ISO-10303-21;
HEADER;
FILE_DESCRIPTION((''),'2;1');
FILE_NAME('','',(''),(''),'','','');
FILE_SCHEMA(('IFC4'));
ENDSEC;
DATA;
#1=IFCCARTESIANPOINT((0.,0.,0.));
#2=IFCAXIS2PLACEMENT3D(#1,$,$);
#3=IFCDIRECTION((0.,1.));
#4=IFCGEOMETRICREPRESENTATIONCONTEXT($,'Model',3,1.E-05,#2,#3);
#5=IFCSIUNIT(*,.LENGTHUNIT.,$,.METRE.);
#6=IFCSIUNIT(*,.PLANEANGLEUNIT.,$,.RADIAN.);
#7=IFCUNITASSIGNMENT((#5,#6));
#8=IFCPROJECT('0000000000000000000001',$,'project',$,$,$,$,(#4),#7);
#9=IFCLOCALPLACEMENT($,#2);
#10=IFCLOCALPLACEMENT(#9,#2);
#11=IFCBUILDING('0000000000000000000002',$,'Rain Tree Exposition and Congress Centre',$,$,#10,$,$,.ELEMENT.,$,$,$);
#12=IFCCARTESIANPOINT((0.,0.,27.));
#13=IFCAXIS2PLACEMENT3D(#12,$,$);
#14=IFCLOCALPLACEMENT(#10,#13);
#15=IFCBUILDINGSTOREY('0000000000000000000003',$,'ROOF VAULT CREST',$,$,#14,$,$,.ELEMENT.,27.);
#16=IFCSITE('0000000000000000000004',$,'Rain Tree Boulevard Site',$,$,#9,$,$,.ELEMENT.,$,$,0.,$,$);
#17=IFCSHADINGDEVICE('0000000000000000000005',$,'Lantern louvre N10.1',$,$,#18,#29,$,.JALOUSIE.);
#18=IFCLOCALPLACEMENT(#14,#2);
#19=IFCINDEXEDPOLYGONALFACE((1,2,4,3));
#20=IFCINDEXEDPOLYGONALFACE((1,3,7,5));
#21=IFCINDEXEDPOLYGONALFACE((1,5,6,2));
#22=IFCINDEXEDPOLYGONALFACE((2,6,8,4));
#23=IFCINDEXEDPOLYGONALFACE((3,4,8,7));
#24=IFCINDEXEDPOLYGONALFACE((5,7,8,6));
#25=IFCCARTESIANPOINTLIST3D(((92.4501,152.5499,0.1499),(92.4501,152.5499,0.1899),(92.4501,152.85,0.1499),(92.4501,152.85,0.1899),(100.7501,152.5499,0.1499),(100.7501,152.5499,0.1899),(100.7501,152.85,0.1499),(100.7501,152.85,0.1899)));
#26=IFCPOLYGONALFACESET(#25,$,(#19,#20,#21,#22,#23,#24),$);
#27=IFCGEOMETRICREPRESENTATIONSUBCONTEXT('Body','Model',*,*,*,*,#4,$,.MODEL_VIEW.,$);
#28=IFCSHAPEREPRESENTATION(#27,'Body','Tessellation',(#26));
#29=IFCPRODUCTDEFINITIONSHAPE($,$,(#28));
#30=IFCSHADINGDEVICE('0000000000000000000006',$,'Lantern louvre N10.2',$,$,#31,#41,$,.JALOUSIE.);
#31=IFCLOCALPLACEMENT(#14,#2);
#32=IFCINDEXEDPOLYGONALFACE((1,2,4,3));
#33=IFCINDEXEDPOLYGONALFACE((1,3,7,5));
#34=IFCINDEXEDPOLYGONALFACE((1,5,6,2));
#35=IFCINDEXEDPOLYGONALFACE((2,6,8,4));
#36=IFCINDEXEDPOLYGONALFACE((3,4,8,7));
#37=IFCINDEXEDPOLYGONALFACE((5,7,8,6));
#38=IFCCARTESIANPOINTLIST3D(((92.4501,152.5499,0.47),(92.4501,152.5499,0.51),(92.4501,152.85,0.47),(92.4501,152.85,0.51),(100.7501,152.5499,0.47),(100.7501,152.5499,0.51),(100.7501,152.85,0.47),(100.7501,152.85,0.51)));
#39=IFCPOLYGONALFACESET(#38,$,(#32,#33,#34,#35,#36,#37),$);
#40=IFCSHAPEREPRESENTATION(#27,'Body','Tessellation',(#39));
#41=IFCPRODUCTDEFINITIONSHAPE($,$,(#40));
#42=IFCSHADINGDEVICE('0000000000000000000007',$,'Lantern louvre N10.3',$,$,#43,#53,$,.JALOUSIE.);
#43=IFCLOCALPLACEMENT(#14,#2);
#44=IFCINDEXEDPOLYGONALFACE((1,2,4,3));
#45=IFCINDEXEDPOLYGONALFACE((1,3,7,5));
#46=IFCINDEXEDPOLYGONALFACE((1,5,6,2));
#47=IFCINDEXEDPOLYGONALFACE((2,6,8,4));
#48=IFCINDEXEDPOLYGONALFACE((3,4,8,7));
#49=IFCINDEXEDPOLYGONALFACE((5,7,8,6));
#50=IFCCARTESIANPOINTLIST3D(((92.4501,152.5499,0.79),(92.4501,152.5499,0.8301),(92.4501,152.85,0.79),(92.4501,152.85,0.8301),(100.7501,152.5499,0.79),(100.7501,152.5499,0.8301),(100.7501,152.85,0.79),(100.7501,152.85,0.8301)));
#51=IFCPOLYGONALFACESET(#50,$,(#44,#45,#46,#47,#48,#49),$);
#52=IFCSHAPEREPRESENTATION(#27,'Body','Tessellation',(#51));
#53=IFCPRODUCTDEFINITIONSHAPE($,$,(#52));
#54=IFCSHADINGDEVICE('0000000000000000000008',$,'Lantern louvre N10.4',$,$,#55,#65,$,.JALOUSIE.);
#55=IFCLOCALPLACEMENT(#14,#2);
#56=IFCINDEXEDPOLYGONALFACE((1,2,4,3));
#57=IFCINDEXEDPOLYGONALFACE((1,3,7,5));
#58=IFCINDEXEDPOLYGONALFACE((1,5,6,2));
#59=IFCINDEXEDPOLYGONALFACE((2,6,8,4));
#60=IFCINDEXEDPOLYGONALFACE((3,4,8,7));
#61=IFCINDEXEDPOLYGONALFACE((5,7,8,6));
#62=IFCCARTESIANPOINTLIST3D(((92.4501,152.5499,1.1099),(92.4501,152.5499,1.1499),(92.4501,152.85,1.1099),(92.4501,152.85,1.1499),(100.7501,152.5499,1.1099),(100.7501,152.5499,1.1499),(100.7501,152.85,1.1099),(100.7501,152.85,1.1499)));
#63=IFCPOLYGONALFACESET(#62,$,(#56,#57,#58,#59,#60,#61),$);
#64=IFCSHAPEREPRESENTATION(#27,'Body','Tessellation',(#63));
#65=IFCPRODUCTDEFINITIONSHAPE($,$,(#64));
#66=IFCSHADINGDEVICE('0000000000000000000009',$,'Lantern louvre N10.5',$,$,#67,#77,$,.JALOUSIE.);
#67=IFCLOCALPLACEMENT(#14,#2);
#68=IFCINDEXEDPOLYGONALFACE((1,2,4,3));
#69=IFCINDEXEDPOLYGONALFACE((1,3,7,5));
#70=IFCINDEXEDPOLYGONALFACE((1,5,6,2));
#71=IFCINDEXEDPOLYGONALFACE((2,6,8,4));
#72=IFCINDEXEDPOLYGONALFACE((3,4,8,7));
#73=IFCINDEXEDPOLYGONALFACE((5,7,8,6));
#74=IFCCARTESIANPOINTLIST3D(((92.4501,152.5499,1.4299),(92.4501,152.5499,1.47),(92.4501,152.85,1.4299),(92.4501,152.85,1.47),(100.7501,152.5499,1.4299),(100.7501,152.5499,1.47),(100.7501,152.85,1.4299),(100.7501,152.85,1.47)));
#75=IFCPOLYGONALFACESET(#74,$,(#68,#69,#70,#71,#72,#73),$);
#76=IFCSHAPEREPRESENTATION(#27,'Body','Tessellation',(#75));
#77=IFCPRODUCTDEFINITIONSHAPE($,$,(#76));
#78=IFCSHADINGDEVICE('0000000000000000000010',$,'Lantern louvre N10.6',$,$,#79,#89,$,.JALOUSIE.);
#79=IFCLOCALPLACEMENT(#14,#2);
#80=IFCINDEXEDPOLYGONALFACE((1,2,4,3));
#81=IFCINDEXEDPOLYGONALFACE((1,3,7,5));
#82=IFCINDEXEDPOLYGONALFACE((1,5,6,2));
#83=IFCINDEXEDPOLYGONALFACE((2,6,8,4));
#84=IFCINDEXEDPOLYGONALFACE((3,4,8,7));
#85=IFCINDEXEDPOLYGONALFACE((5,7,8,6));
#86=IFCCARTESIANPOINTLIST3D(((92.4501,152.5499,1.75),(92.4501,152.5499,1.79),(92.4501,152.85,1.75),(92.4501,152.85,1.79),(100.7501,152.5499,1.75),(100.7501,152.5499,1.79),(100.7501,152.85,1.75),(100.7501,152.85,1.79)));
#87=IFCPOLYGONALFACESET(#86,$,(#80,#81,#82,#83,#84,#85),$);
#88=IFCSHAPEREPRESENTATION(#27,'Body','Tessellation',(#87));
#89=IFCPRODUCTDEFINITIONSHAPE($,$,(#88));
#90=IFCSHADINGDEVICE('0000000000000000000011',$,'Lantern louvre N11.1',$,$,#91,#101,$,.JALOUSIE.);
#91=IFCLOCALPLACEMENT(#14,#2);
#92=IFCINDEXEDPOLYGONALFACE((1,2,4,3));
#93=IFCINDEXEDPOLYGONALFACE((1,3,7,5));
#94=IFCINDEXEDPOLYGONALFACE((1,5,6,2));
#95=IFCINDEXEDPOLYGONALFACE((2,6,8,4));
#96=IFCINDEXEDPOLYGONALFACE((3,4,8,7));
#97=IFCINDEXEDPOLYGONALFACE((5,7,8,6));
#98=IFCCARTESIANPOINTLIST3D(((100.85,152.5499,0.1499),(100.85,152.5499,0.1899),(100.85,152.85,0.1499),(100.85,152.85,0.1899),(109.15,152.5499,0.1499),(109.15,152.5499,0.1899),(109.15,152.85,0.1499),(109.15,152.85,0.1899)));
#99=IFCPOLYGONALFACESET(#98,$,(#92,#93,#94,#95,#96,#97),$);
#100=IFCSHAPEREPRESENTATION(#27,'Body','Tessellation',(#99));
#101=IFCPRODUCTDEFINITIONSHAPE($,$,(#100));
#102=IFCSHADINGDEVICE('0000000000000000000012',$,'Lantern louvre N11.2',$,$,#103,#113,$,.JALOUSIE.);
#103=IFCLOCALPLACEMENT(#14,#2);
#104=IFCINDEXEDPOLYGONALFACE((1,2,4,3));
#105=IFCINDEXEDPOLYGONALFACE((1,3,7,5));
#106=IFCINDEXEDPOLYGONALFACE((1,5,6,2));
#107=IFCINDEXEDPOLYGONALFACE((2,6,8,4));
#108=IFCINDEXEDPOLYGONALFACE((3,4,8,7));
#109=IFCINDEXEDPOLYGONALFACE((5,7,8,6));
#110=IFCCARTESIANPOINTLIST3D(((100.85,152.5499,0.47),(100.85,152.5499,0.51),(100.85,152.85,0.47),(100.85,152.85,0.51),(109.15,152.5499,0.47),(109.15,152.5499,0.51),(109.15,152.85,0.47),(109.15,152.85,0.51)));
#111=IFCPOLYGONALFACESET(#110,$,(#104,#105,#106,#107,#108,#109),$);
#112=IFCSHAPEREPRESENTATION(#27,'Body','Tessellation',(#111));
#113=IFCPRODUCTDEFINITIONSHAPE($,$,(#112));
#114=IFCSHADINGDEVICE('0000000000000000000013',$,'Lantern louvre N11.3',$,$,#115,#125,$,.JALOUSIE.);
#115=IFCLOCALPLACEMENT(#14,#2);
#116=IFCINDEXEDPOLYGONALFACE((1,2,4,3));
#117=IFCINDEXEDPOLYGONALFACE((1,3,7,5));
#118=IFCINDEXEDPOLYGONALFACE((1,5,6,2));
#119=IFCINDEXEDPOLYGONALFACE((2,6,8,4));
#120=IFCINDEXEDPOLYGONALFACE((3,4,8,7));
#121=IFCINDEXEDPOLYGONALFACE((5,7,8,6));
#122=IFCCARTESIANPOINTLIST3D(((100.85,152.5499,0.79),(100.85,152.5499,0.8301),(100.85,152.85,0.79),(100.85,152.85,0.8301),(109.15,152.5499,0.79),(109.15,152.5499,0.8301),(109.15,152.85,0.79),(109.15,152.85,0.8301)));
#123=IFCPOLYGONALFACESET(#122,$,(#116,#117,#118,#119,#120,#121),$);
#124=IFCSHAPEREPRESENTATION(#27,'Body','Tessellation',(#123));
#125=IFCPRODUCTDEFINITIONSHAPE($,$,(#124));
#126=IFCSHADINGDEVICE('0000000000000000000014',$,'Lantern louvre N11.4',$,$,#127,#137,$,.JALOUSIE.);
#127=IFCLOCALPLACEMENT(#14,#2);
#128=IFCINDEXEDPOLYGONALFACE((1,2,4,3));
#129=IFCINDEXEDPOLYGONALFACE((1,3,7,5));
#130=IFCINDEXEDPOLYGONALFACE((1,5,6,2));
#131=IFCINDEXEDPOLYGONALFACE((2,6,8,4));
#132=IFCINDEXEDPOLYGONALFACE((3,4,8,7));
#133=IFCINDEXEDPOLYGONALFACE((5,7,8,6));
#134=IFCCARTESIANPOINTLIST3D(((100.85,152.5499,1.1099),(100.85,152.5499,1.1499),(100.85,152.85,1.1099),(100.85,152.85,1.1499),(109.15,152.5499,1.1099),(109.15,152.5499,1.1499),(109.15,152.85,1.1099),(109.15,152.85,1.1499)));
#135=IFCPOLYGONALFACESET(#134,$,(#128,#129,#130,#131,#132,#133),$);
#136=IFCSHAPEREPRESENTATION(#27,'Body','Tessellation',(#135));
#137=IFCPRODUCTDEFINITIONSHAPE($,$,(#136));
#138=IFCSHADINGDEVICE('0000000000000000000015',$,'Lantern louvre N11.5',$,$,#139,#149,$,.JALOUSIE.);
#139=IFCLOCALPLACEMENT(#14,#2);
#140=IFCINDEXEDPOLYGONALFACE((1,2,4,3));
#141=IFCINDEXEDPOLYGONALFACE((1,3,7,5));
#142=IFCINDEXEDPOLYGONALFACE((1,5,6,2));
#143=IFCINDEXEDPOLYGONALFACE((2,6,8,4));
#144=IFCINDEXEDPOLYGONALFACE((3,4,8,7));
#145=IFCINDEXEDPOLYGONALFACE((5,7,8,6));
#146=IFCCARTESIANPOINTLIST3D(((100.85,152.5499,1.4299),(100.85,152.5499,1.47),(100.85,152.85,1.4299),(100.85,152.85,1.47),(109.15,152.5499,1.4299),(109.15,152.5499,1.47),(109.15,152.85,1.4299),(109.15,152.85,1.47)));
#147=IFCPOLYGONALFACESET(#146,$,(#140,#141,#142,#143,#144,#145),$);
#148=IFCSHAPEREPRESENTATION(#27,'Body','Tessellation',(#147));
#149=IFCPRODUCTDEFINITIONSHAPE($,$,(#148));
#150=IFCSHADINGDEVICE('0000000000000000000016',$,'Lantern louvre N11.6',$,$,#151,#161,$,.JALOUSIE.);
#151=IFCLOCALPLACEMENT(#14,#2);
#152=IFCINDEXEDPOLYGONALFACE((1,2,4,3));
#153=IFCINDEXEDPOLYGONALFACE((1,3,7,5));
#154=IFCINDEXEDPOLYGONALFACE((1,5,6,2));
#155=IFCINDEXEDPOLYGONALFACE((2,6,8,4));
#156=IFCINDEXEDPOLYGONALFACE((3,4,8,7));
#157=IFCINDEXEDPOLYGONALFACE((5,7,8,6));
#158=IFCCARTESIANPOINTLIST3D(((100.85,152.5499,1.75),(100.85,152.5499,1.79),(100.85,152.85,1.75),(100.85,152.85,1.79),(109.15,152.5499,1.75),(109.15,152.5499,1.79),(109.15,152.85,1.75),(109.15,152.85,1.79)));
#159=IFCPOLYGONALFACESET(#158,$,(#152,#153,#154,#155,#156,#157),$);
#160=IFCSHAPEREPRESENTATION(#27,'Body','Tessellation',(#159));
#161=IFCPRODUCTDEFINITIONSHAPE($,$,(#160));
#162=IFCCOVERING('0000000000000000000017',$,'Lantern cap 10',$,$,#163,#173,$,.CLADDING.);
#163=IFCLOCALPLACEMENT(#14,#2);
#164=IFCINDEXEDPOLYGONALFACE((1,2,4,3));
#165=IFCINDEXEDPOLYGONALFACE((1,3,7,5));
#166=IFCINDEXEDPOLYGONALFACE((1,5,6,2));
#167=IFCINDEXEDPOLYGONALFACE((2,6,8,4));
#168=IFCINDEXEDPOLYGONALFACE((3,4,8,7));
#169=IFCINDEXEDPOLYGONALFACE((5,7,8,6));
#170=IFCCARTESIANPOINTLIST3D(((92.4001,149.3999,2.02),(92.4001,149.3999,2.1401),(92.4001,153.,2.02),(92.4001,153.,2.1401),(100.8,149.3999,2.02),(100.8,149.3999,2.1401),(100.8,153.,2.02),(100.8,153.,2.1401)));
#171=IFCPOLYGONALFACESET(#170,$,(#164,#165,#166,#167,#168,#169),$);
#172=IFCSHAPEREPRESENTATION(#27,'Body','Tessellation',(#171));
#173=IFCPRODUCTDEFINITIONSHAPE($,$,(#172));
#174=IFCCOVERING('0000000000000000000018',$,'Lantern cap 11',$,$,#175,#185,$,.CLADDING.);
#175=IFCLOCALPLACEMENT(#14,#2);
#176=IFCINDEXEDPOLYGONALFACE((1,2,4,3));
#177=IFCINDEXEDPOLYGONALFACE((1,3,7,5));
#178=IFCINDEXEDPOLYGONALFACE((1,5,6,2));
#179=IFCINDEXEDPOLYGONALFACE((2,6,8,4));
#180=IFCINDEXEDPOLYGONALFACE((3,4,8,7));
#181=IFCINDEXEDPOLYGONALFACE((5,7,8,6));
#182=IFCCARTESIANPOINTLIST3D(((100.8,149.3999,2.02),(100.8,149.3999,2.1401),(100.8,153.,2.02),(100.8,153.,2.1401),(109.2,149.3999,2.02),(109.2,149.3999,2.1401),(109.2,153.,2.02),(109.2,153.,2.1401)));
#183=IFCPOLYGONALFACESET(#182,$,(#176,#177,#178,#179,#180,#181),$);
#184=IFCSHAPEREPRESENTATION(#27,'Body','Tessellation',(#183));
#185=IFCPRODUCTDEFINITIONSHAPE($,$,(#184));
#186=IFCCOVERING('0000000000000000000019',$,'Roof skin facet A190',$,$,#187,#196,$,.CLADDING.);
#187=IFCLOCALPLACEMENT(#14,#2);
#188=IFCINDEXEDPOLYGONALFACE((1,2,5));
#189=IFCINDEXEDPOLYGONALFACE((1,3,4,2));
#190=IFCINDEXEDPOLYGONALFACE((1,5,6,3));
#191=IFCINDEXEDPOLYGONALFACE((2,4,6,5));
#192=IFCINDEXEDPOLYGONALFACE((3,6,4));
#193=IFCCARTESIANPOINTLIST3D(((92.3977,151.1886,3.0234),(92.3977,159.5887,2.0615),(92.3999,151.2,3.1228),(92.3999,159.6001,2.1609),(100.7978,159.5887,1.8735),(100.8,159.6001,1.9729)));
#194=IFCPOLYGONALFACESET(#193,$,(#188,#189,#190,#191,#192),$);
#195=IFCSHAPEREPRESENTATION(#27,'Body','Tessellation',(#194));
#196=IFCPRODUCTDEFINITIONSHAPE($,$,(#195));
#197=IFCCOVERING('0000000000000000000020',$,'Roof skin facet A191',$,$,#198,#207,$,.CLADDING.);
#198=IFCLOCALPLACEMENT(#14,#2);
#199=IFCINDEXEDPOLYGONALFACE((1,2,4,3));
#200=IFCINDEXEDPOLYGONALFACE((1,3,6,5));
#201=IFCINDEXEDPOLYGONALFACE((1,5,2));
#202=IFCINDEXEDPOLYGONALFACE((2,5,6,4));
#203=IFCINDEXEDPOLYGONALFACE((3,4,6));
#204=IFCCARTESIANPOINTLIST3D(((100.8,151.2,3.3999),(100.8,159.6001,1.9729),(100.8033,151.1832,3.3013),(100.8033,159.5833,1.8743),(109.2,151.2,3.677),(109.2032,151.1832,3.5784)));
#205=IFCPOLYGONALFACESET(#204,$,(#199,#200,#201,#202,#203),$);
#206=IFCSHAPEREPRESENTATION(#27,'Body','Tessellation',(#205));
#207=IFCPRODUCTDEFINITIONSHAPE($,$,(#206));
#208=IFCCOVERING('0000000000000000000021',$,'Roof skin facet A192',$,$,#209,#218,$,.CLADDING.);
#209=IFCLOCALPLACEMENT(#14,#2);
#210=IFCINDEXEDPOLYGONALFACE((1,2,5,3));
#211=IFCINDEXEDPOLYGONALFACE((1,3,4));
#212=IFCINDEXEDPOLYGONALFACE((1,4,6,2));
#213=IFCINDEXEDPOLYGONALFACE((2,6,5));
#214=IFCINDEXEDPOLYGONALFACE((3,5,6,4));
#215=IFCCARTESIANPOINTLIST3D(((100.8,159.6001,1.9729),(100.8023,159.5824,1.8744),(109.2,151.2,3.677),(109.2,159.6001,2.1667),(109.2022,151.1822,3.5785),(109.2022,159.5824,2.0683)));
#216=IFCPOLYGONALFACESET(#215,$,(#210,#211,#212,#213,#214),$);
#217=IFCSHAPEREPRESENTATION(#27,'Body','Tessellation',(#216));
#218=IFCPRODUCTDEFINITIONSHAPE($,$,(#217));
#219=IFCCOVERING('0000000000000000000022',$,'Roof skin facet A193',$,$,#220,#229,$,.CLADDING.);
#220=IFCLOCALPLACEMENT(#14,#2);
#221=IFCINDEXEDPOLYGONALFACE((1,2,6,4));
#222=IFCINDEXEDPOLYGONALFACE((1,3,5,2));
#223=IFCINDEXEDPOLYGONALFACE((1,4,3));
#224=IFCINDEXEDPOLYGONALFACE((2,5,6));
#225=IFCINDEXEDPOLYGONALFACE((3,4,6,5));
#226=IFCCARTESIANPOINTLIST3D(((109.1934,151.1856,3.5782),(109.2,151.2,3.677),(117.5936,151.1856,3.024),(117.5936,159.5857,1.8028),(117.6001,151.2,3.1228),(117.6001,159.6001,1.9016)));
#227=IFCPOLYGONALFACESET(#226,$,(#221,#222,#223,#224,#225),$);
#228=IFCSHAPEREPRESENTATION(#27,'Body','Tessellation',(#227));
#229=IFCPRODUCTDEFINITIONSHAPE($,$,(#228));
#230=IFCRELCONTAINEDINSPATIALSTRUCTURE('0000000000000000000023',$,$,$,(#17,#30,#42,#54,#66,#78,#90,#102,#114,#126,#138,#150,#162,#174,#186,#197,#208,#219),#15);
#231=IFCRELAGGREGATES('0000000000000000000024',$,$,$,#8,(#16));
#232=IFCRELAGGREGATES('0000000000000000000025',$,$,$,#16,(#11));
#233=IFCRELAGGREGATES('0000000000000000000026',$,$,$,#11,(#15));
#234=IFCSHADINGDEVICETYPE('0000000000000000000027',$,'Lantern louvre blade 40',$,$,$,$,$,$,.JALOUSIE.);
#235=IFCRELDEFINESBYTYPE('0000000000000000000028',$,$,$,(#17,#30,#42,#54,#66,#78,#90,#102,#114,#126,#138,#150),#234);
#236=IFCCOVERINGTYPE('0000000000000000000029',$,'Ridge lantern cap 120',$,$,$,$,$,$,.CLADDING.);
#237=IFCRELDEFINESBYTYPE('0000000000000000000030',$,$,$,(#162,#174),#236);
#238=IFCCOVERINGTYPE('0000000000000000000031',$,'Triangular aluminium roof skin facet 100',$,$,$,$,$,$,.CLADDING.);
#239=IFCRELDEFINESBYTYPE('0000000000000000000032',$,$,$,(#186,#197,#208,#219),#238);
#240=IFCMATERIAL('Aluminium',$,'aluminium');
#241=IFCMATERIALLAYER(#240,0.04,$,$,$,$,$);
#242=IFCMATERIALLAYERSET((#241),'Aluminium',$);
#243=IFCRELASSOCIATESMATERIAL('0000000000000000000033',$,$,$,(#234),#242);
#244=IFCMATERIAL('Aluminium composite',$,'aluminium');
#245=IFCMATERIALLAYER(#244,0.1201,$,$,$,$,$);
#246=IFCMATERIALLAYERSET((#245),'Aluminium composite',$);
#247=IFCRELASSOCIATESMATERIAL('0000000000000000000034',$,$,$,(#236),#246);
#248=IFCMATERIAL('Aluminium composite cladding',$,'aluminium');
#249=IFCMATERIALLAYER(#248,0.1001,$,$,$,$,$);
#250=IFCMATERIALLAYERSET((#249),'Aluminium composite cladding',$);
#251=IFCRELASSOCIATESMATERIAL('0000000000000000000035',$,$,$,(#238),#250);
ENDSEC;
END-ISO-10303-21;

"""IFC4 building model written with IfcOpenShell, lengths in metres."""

from ifc_helpers import new_model, si_unit, direction, frame, origin, origin_2d, place, context, subcontext, project, spatial, polyline, rectangle, outline, extrude, material, layer, layer_set, type_object, element, save


model = new_model("IFC4")

# Units and contexts
model_context = context("Model", 3, precision=1e-05, world=origin(), true_north=direction((0.0, 1.0)))
body_context = subcontext(model_context, "Body", "Model", "MODEL_VIEW")
ifc_project = project(units=[si_unit("LENGTHUNIT", "METRE"), si_unit("PLANEANGLEUNIT", "RADIAN")], contexts=[model_context])

# Site, building, storey
site_placement = place(None, origin())
site = spatial("IfcSite", under=ifc_project, at=site_placement, Name="Rain Tree Boulevard Site", CompositionType="ELEMENT", RefElevation=0.0)
building_placement = place(site_placement, origin())
building = spatial("IfcBuilding", under=site, at=building_placement, Name="Rain Tree Exposition and Congress Centre", CompositionType="ELEMENT")
storey_placement = place(building_placement, frame((0.0, 0.0, 27.0)))
storey = spatial("IfcBuildingStorey", under=building, at=storey_placement, Name="ROOF VAULT CREST", CompositionType="ELEMENT", Elevation=27.0)

# Shading devices
ifc_material_1 = material(Name="Aluminium", Category="aluminium")
ifc_layer_1 = layer(ifc_material_1, 0.04)
ifc_layer_set_1 = layer_set([ifc_layer_1], Name="Aluminium")
shading_device_type = type_object("IfcShadingDeviceType", Name="Lantern louvre blade 40", PredefinedType="JALOUSIE", material=ifc_layer_set_1)
for number, where, z_axis, x_axis, name in (
    (1, (96.6001, 152.7, 0.1499), (0.0, 0.0, 1.0), (1.0, 0.0, 0.0), "Lantern louvre N10.1"),
    (2, (96.6001, 152.7, 0.47), (0.0, 0.0, 1.0), (1.0, 0.0, 0.0), "Lantern louvre N10.2"),
    (3, (96.6001, 152.7, 0.79), (0.0, 0.0, 1.0), (1.0, 0.0, 0.0), "Lantern louvre N10.3"),
    (4, (96.6001, 152.7, 1.1099), (0.0, 0.0, 1.0), (1.0, 0.0, 0.0), "Lantern louvre N10.4"),
    (5, (96.6001, 152.7, 1.4299), (0.0, 0.0, 1.0), (1.0, 0.0, 0.0), "Lantern louvre N10.5"),
    (6, (96.6001, 152.7, 1.75), (0.0, 0.0, 1.0), (1.0, 0.0, 0.0), "Lantern louvre N10.6"),
    (7, (105.0, 152.7, 0.1499), (0.0, 0.0, 1.0), (1.0, 0.0, 0.0), "Lantern louvre N11.1"),
    (8, (105.0, 152.7, 0.47), (0.0, 0.0, 1.0), (1.0, 0.0, 0.0), "Lantern louvre N11.2"),
    (9, (105.0, 152.7, 0.79), (0.0, 0.0, 1.0), (1.0, 0.0, 0.0), "Lantern louvre N11.3"),
    (10, (105.0, 152.7, 1.1099), (0.0, 0.0, 1.0), (1.0, 0.0, 0.0), "Lantern louvre N11.4"),
    (11, (105.0, 152.7, 1.4299), (0.0, 0.0, 1.0), (1.0, 0.0, 0.0), "Lantern louvre N11.5"),
    (12, (105.0, 152.7, 1.75), (0.0, 0.0, 1.0), (1.0, 0.0, 0.0), "Lantern louvre N11.6"),
):
    element("IfcShadingDevice", number, at=place(storey_placement, frame(where, z_axis=z_axis, x_axis=x_axis)), inside=storey, type_object=shading_device_type, Name=name, PredefinedType="JALOUSIE", context=body_context, shape_type="SweptSolid", body=[
        extrude(rectangle(XDim=8.3, YDim=0.3, at=origin_2d()), origin(), (0.0, 0.0, 1.0), 0.04),
    ])

# Coverings
ifc_material_2 = material(Name="Aluminium composite", Category="aluminium")
ifc_layer_2 = layer(ifc_material_2, 0.1201)
ifc_layer_set_2 = layer_set([ifc_layer_2], Name="Aluminium composite")
covering_type_1 = type_object("IfcCoveringType", Name="Ridge lantern cap 120", PredefinedType="CLADDING", material=ifc_layer_set_2)
for number, where, z_axis, x_axis, name in (
    (13, (96.6001, 151.2, 2.02), (0.0, 0.0, 1.0), (1.0, 0.0, 0.0), "Lantern cap 10"),
    (14, (105.0, 151.2, 2.02), (0.0, 0.0, 1.0), (1.0, 0.0, 0.0), "Lantern cap 11"),
):
    element("IfcCovering", number, at=place(storey_placement, frame(where, z_axis=z_axis, x_axis=x_axis)), inside=storey, type_object=covering_type_1, Name=name, PredefinedType="CLADDING", context=body_context, shape_type="SweptSolid", body=[
        extrude(rectangle(XDim=8.3999, YDim=3.6001, at=origin_2d()), origin(), (0.0, 0.0, 1.0), 0.1201),
    ])
ifc_material_3 = material(Name="Aluminium composite cladding", Category="aluminium")
ifc_layer_3 = layer(ifc_material_3, 0.1001)
ifc_layer_set_3 = layer_set([ifc_layer_3], Name="Aluminium composite cladding")
covering_type_2 = type_object("IfcCoveringType", Name="Triangular aluminium roof skin facet 100", PredefinedType="CLADDING", material=ifc_layer_set_3)
covering_1_placement = place(storey_placement, frame((92.3999, 151.2, 3.1228), z_axis=(0.022228, 0.11374, 0.993262), x_axis=(0.703817, 0.703817, -0.096346)))
element("IfcCovering", 15, at=covering_1_placement, inside=storey, type_object=covering_type_2, Name="Roof skin facet A190", PredefinedType="CLADDING", context=body_context, shape_type="SweptSolid", body=[
    extrude(outline(polyline([(0.0, 0.0), (11.9351, 0.0), (6.0048, 5.9523), (0.0, 0.0)])), origin(), (0.0, 0.0, -1.0), 0.1001),
])
covering_2_placement = place(storey_placement, frame((100.8, 151.2, 3.3999), z_axis=(-0.032505, 0.16739, 0.985355), x_axis=(0.999456, 0.0, 0.03297)))
element("IfcCovering", 16, at=covering_2_placement, inside=storey, type_object=covering_type_2, Name="Roof skin facet A191", PredefinedType="CLADDING", context=body_context, shape_type="SweptSolid", body=[
    extrude(outline(polyline([(0.0, 0.0), (8.4045, 0.0), (-0.047, 8.5204), (0.0, 0.0)])), origin(), (0.0, 0.0, -1.0), 0.1001),
])
covering_3_placement = place(storey_placement, frame((109.2, 151.2, 3.677), z_axis=(-0.022707, 0.176906, 0.983966), x_axis=(0.0, 0.98422, -0.176952)))
element("IfcCovering", 17, at=covering_3_placement, inside=storey, type_object=covering_type_2, Name="Roof skin facet A192", PredefinedType="CLADDING", context=body_context, shape_type="SweptSolid", body=[
    extrude(outline(polyline([(0.0, 0.0), (8.5348, 0.0), (8.5691, 8.4021), (0.0, 0.0)])), origin(), (0.0, 0.0, -1.0), 0.1001),
])
covering_4_placement = place(storey_placement, frame((109.2, 151.2, 3.677), z_axis=(0.06515, 0.143559, 0.987495), x_axis=(0.997831, 0.0, -0.065832)))
element("IfcCovering", 18, at=covering_4_placement, inside=storey, type_object=covering_type_2, Name="Roof skin facet A193", PredefinedType="CLADDING", context=body_context, shape_type="SweptSolid", body=[
    extrude(outline(polyline([(0.0, 0.0), (8.4184, 0.0), (8.4988, 8.4881), (0.0, 0.0)])), origin(), (0.0, 0.0, -1.0), 0.1001),
])

save(model, "model.ifc")
